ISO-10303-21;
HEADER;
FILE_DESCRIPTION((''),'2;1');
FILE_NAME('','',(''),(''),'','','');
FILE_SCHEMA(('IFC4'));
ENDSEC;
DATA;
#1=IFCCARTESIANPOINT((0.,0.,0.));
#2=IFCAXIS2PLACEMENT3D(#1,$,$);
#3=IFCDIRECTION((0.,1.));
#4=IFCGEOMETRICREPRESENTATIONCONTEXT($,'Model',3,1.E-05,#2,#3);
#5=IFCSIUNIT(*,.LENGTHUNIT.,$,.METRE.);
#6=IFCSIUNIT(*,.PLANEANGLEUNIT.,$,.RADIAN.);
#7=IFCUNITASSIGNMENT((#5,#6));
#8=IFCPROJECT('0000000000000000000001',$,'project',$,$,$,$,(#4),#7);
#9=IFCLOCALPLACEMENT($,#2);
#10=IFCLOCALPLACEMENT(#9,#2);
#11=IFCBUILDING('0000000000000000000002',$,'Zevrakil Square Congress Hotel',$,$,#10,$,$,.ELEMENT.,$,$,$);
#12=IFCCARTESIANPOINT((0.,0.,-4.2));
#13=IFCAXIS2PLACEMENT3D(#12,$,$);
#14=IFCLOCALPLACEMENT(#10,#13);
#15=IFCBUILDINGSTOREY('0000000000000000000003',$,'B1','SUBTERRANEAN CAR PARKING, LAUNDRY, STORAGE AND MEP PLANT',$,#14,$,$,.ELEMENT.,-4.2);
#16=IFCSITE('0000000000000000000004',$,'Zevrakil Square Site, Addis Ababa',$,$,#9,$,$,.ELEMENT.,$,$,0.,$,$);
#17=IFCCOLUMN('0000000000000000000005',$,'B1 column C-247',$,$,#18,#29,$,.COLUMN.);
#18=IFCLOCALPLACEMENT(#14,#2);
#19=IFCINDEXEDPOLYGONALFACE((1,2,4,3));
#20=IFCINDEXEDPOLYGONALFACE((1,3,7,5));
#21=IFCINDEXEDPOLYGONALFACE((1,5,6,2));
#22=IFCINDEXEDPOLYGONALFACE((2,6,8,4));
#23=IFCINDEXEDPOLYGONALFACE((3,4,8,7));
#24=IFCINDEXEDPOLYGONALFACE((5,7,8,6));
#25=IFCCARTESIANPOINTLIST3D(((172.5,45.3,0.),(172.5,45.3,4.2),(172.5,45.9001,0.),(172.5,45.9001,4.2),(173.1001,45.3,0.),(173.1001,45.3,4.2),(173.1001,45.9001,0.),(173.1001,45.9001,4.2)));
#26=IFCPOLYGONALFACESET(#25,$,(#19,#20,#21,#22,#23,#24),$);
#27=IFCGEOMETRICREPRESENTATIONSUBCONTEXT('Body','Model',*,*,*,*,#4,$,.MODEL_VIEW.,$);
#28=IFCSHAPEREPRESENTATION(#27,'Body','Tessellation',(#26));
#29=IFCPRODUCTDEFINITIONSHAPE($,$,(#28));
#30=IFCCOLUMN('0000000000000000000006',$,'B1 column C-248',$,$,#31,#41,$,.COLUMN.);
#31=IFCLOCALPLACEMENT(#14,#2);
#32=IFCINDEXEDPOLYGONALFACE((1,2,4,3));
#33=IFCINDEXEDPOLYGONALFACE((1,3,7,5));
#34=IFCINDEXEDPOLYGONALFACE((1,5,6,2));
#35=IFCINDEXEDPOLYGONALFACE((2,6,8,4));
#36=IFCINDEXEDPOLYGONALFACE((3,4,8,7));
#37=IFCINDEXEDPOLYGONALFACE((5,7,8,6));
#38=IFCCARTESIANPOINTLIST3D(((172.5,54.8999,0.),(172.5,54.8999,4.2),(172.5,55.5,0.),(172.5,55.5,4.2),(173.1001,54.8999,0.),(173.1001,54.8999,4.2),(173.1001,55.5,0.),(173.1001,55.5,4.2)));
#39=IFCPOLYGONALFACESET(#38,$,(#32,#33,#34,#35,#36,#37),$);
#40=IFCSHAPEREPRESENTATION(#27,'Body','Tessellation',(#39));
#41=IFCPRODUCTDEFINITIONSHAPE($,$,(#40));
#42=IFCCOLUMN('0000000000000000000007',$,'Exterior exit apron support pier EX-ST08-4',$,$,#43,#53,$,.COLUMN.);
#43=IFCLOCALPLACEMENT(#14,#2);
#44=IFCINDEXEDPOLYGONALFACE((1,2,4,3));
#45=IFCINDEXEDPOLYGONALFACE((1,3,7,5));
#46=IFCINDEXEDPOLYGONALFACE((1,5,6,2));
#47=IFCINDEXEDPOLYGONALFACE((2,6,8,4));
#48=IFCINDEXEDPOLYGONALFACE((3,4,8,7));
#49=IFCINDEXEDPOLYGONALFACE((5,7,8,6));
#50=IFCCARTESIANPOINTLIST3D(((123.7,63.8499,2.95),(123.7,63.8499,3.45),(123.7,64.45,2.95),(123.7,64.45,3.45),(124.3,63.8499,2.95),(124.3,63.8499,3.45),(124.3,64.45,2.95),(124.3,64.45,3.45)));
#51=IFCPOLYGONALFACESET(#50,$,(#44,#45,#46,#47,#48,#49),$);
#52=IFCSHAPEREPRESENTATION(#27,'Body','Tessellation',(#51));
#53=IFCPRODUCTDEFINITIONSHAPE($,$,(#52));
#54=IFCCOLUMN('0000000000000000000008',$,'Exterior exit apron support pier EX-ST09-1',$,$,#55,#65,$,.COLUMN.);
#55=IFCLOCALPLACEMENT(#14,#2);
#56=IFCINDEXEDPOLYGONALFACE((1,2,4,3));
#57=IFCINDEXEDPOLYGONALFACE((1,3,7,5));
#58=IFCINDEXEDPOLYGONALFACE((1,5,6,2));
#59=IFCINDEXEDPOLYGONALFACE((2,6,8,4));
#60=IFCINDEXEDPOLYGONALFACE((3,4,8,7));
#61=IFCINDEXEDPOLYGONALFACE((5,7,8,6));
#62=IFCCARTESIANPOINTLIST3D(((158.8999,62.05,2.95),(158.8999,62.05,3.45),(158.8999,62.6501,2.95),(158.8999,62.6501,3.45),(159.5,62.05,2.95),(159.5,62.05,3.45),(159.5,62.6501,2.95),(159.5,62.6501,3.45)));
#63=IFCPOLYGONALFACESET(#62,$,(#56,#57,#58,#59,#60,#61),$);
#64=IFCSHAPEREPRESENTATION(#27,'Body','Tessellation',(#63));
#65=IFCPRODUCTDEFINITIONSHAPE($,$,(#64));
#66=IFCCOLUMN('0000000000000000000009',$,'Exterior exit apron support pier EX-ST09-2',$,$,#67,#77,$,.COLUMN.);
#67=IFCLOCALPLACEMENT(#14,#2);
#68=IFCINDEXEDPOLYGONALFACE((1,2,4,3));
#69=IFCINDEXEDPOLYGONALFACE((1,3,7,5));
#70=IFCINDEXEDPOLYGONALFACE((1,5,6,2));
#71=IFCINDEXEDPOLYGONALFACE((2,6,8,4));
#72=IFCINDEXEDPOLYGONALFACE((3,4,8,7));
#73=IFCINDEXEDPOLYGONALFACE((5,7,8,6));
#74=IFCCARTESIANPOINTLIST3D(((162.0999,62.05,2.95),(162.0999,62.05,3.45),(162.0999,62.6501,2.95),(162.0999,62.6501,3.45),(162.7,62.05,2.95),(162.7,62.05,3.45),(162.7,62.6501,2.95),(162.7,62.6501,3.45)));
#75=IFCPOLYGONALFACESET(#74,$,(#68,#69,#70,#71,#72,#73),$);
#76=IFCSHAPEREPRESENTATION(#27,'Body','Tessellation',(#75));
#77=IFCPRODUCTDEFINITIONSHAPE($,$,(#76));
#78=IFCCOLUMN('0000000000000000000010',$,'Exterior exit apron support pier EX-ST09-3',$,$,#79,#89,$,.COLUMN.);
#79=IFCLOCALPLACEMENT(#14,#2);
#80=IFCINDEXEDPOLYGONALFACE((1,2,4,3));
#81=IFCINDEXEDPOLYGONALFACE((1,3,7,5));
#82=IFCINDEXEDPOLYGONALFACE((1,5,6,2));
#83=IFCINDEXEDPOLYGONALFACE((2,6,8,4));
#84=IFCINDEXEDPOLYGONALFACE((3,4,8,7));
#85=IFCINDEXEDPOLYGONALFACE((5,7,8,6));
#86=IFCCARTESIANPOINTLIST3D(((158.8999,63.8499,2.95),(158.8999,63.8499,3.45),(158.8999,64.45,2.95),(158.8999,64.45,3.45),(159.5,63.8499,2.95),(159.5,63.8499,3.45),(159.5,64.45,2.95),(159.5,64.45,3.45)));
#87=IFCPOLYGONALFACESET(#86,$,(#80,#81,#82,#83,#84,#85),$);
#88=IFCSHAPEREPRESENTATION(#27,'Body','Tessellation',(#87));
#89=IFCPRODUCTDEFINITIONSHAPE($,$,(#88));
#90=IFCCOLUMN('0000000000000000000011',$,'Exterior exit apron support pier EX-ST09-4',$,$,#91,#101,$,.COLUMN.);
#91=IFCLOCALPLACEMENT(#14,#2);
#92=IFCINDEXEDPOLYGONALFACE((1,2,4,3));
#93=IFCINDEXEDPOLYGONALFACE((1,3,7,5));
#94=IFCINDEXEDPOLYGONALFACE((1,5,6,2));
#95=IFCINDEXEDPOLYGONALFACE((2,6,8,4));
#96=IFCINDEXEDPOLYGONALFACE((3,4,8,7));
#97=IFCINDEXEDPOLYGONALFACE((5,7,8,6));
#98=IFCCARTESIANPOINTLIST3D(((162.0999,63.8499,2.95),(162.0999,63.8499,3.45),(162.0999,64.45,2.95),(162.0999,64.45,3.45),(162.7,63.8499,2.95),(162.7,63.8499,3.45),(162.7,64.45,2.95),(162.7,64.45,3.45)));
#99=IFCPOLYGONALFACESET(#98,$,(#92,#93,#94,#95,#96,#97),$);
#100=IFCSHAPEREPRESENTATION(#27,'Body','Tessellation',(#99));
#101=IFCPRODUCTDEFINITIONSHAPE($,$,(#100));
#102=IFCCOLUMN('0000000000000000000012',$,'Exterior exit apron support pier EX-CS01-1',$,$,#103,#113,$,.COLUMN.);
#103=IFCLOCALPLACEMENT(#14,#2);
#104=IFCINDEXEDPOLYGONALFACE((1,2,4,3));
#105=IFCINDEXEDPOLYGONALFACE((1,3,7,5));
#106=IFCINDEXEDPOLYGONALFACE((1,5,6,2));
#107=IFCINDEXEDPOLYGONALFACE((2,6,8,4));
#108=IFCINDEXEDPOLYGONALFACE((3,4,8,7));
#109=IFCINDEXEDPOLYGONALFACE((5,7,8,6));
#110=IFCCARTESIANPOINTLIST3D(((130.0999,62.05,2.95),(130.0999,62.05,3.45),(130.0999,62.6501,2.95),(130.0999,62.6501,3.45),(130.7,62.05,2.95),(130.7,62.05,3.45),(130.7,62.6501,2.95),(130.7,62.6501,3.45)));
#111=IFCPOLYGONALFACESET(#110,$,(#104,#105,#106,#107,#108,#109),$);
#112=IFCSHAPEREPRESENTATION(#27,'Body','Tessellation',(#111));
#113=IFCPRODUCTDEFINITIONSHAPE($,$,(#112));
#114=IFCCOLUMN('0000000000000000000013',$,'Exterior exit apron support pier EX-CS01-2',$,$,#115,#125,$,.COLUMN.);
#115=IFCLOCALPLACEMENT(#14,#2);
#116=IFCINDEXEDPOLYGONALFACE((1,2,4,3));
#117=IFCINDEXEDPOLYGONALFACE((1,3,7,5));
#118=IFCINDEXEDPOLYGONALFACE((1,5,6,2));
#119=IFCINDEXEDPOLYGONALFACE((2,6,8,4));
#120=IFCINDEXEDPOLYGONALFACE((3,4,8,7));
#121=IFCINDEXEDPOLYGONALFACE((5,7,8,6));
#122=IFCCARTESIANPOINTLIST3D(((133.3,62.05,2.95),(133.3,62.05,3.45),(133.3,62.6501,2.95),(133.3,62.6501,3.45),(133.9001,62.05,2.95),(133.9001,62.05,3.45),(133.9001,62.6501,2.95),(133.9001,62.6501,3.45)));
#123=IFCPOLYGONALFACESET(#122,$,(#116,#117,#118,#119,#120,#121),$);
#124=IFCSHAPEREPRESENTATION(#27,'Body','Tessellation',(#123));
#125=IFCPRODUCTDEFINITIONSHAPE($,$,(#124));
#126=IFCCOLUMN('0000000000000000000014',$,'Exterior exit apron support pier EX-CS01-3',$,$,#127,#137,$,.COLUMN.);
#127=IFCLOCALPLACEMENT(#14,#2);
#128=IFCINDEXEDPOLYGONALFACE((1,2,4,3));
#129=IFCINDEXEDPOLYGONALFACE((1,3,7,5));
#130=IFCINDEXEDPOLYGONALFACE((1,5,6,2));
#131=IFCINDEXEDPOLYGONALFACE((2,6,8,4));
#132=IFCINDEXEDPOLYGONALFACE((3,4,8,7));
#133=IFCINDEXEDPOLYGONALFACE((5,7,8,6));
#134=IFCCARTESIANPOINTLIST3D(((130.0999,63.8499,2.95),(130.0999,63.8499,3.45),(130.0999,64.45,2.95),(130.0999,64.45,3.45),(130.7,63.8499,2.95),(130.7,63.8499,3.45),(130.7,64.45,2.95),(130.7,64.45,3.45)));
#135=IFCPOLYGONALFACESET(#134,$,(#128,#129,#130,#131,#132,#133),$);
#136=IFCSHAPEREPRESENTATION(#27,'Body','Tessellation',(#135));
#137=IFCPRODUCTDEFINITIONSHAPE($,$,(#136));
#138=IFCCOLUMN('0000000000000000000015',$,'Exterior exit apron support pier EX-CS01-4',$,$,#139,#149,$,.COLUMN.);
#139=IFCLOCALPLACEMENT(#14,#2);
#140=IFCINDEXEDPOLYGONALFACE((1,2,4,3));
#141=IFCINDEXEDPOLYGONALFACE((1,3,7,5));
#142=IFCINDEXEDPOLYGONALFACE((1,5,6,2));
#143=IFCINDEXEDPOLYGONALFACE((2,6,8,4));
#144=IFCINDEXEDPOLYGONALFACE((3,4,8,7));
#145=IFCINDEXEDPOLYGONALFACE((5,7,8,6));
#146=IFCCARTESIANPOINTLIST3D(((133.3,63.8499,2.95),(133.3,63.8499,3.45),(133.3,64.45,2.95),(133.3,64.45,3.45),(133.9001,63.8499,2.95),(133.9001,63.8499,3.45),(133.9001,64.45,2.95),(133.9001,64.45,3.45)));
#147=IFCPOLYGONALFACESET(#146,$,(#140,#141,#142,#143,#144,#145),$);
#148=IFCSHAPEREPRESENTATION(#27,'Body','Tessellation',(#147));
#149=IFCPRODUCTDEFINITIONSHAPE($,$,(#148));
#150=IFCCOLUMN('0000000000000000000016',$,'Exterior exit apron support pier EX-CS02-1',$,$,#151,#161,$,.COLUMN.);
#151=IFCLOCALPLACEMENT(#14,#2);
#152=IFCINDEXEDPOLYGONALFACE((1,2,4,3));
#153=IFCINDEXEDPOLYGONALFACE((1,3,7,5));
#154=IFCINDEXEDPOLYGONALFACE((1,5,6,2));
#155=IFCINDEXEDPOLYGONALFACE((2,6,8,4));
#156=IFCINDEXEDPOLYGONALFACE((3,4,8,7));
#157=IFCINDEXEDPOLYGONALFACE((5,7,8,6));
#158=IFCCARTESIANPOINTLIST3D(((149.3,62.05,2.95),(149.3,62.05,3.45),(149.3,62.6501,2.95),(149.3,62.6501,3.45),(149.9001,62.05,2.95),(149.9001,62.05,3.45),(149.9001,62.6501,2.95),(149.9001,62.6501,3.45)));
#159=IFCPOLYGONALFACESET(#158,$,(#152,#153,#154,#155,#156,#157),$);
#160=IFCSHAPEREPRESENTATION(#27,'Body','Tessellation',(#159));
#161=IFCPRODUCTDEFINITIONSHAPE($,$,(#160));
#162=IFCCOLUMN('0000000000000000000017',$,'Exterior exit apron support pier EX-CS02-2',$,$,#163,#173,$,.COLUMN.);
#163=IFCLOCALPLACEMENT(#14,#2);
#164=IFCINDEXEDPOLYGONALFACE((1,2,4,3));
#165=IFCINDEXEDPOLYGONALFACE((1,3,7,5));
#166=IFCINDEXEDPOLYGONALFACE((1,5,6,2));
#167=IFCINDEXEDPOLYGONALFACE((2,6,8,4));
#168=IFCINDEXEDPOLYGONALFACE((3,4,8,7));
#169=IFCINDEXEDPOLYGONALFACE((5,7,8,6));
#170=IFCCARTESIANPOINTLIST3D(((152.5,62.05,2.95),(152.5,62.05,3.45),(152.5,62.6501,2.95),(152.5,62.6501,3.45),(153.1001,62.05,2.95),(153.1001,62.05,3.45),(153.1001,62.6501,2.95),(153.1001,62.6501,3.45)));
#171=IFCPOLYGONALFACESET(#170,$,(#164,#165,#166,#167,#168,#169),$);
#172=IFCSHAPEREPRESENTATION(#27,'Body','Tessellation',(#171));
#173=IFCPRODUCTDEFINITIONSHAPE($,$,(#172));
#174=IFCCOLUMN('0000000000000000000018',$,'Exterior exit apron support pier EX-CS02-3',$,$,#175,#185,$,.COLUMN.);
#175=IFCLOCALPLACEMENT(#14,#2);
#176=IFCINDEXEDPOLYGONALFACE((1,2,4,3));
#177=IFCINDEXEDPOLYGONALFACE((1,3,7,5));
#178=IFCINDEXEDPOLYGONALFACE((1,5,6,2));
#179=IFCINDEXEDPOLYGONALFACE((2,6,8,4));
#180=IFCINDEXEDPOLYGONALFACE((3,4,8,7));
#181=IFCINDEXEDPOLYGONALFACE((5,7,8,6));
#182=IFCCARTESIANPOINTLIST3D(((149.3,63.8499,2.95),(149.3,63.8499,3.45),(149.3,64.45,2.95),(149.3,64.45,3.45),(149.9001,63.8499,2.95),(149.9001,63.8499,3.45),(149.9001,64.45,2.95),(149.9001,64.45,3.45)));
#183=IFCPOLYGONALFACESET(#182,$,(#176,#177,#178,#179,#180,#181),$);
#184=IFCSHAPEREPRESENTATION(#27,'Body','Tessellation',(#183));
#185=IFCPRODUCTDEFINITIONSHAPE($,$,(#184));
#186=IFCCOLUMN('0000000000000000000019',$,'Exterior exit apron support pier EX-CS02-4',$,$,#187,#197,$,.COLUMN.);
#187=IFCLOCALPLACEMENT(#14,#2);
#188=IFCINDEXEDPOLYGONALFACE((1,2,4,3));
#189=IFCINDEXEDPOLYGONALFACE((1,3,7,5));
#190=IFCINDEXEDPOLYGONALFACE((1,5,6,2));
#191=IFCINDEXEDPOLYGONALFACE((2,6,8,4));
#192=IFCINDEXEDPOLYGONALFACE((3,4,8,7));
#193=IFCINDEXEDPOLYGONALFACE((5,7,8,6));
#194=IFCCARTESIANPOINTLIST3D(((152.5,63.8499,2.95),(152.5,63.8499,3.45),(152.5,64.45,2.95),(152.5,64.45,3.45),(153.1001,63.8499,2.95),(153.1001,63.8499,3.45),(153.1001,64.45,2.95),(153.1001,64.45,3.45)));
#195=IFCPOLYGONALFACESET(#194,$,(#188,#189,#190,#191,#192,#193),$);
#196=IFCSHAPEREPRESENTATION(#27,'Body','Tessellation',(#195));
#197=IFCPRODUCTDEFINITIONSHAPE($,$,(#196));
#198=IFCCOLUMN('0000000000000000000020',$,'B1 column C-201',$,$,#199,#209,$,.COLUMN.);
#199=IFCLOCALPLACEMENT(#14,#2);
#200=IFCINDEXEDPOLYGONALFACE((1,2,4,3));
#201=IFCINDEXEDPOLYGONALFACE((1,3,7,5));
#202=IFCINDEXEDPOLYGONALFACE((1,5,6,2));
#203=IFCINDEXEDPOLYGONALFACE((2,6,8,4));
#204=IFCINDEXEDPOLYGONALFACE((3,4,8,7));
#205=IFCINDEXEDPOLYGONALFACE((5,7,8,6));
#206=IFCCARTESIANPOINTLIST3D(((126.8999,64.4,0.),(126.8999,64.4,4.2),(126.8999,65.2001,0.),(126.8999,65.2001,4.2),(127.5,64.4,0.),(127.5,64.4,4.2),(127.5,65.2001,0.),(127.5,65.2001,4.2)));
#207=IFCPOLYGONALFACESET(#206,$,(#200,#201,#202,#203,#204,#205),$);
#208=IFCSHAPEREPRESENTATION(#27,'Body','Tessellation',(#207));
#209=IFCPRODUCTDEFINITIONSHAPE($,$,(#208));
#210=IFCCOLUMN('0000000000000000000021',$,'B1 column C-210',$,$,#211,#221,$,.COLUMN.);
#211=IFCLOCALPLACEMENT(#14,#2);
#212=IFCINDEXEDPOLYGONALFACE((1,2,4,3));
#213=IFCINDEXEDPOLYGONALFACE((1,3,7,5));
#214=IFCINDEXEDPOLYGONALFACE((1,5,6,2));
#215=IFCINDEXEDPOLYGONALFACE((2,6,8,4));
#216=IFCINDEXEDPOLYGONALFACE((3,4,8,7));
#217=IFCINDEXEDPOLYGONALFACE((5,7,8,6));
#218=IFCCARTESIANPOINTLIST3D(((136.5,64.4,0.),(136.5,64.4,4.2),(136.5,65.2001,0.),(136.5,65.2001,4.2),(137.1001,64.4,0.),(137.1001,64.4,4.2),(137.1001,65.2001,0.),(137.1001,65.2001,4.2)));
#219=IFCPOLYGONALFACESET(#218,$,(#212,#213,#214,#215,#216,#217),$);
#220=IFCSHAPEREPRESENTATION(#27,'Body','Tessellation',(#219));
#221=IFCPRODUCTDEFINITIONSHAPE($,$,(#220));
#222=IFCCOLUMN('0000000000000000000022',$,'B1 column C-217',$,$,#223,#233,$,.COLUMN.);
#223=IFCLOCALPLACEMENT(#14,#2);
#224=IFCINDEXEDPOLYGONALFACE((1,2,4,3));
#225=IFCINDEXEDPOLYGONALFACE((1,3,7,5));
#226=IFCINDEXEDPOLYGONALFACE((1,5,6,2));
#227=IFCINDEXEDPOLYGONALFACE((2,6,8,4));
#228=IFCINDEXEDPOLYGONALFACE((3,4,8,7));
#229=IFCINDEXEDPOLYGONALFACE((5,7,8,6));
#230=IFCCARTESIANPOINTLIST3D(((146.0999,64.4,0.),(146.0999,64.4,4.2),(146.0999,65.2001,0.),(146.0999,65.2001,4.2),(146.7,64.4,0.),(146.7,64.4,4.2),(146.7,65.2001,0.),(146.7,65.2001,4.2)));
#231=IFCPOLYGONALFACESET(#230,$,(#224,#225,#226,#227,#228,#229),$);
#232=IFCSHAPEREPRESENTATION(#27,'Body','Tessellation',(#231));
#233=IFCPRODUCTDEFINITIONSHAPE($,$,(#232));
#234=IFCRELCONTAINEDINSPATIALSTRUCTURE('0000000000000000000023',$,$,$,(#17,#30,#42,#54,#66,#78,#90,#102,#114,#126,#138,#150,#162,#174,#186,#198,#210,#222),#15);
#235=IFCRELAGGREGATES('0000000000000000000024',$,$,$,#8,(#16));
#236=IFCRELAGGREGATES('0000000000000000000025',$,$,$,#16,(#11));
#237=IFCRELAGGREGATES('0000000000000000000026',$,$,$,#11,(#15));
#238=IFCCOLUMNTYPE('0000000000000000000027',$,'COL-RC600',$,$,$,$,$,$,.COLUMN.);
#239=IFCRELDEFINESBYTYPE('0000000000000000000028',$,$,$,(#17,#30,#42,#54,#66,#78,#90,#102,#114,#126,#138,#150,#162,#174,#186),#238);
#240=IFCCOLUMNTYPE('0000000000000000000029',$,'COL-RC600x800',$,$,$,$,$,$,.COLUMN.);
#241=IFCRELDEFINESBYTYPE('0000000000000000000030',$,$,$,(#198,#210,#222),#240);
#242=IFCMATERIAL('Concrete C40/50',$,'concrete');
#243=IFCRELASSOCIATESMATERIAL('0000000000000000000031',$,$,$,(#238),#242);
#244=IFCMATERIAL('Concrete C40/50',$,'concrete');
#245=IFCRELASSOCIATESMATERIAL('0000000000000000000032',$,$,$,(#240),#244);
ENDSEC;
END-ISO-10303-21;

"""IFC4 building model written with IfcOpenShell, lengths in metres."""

from ifc_helpers import new_model, si_unit, direction, frame, origin, origin_2d, place, context, subcontext, project, spatial, rectangle, extrude, material, material_profile, profile_set, type_object, element, save


model = new_model("IFC4")

# Units and contexts
model_context = context("Model", 3, precision=1e-05, world=origin(), true_north=direction((0.0, 1.0)))
body_context = subcontext(model_context, "Body", "Model", "MODEL_VIEW")
ifc_project = project(units=[si_unit("LENGTHUNIT", "METRE"), si_unit("PLANEANGLEUNIT", "RADIAN")], contexts=[model_context])

# Site, building, storey
site_placement = place(None, origin())
site = spatial("IfcSite", under=ifc_project, at=site_placement, Name="Zevrakil Square Site, Addis Ababa", CompositionType="ELEMENT", RefElevation=0.0)
building_placement = place(site_placement, origin())
building = spatial("IfcBuilding", under=site, at=building_placement, Name="Zevrakil Square Congress Hotel", CompositionType="ELEMENT")
storey_placement = place(building_placement, frame((0.0, 0.0, -4.2)))
storey = spatial("IfcBuildingStorey", under=building, at=storey_placement, Name="B1", Description="SUBTERRANEAN CAR PARKING, LAUNDRY, STORAGE AND MEP PLANT", CompositionType="ELEMENT", Elevation=-4.2)

# Columns
ifc_material_1 = material(Name="Concrete C40/50", Category="concrete")
ifc_material_profile_1 = material_profile(ifc_material_1, rectangle(XDim=0.6001, YDim=0.6001, at=origin_2d()), Name="RC 600x600")
ifc_profile_set_1 = profile_set([ifc_material_profile_1], Name="Concrete C40/50")
column_type_1 = type_object("IfcColumnType", Name="COL-RC600", PredefinedType="COLUMN", material=ifc_profile_set_1)
for number, where, z_axis, x_axis, name in (
    (1, (172.8, 45.6001, 0.0), (0.0, 0.0, 1.0), (1.0, 0.0, 0.0), "B1 column C-247"),
    (2, (172.8, 55.2, 0.0), (0.0, 0.0, 1.0), (1.0, 0.0, 0.0), "B1 column C-248"),
):
    element("IfcColumn", number, at=place(storey_placement, frame(where, z_axis=z_axis, x_axis=x_axis)), inside=storey, type_object=column_type_1, Name=name, PredefinedType="COLUMN", context=body_context, shape_type="SweptSolid", body=[
        extrude(rectangle(XDim=0.6001, YDim=0.6001, at=origin_2d()), origin(), (0.0, 0.0, 1.0), 4.2),
    ])
for number, where, z_axis, x_axis, name in (
    (3, (124.0, 64.1499, 2.95), (0.0, 0.0, 1.0), (1.0, 0.0, 0.0), "Exterior exit apron support pier EX-ST08-4"),
    (4, (159.2, 62.3501, 2.95), (0.0, 0.0, 1.0), (1.0, 0.0, 0.0), "Exterior exit apron support pier EX-ST09-1"),
    (5, (162.3999, 62.3501, 2.95), (0.0, 0.0, 1.0), (1.0, 0.0, 0.0), "Exterior exit apron support pier EX-ST09-2"),
    (6, (159.2, 64.1499, 2.95), (0.0, 0.0, 1.0), (1.0, 0.0, 0.0), "Exterior exit apron support pier EX-ST09-3"),
    (7, (162.3999, 64.1499, 2.95), (0.0, 0.0, 1.0), (1.0, 0.0, 0.0), "Exterior exit apron support pier EX-ST09-4"),
    (8, (130.3999, 62.3501, 2.95), (0.0, 0.0, 1.0), (1.0, 0.0, 0.0), "Exterior exit apron support pier EX-CS01-1"),
    (9, (133.6001, 62.3501, 2.95), (0.0, 0.0, 1.0), (1.0, 0.0, 0.0), "Exterior exit apron support pier EX-CS01-2"),
    (10, (130.3999, 64.1499, 2.95), (0.0, 0.0, 1.0), (1.0, 0.0, 0.0), "Exterior exit apron support pier EX-CS01-3"),
    (11, (133.6001, 64.1499, 2.95), (0.0, 0.0, 1.0), (1.0, 0.0, 0.0), "Exterior exit apron support pier EX-CS01-4"),
    (12, (149.6001, 62.3501, 2.95), (0.0, 0.0, 1.0), (1.0, 0.0, 0.0), "Exterior exit apron support pier EX-CS02-1"),
    (13, (152.8, 62.3501, 2.95), (0.0, 0.0, 1.0), (1.0, 0.0, 0.0), "Exterior exit apron support pier EX-CS02-2"),
    (14, (149.6001, 64.1499, 2.95), (0.0, 0.0, 1.0), (1.0, 0.0, 0.0), "Exterior exit apron support pier EX-CS02-3"),
    (15, (152.8, 64.1499, 2.95), (0.0, 0.0, 1.0), (1.0, 0.0, 0.0), "Exterior exit apron support pier EX-CS02-4"),
):
    element("IfcColumn", number, at=place(storey_placement, frame(where, z_axis=z_axis, x_axis=x_axis)), inside=storey, type_object=column_type_1, Name=name, PredefinedType="COLUMN", context=body_context, shape_type="SweptSolid", body=[
        extrude(rectangle(XDim=0.6001, YDim=0.6001, at=origin_2d()), origin(), (0.0, 0.0, 1.0), 0.5),
    ])
ifc_material_2 = material(Name="Concrete C40/50", Category="concrete")
ifc_material_profile_2 = material_profile(ifc_material_2, rectangle(XDim=0.6001, YDim=0.8, at=origin_2d()), Name="RC 600x800")
ifc_profile_set_2 = profile_set([ifc_material_profile_2], Name="Concrete C40/50")
column_type_2 = type_object("IfcColumnType", Name="COL-RC600x800", PredefinedType="COLUMN", material=ifc_profile_set_2)
for number, where, z_axis, x_axis, name in (
    (16, (127.2, 64.8, 0.0), (0.0, 0.0, 1.0), (1.0, 0.0, 0.0), "B1 column C-201"),
    (17, (136.8, 64.8, 0.0), (0.0, 0.0, 1.0), (1.0, 0.0, 0.0), "B1 column C-210"),
    (18, (146.3999, 64.8, 0.0), (0.0, 0.0, 1.0), (1.0, 0.0, 0.0), "B1 column C-217"),
):
    element("IfcColumn", number, at=place(storey_placement, frame(where, z_axis=z_axis, x_axis=x_axis)), inside=storey, type_object=column_type_2, Name=name, PredefinedType="COLUMN", context=body_context, shape_type="SweptSolid", body=[
        extrude(rectangle(XDim=0.6001, YDim=0.8, at=origin_2d()), origin(), (0.0, 0.0, 1.0), 4.2),
    ])

save(model, "model.ifc")
